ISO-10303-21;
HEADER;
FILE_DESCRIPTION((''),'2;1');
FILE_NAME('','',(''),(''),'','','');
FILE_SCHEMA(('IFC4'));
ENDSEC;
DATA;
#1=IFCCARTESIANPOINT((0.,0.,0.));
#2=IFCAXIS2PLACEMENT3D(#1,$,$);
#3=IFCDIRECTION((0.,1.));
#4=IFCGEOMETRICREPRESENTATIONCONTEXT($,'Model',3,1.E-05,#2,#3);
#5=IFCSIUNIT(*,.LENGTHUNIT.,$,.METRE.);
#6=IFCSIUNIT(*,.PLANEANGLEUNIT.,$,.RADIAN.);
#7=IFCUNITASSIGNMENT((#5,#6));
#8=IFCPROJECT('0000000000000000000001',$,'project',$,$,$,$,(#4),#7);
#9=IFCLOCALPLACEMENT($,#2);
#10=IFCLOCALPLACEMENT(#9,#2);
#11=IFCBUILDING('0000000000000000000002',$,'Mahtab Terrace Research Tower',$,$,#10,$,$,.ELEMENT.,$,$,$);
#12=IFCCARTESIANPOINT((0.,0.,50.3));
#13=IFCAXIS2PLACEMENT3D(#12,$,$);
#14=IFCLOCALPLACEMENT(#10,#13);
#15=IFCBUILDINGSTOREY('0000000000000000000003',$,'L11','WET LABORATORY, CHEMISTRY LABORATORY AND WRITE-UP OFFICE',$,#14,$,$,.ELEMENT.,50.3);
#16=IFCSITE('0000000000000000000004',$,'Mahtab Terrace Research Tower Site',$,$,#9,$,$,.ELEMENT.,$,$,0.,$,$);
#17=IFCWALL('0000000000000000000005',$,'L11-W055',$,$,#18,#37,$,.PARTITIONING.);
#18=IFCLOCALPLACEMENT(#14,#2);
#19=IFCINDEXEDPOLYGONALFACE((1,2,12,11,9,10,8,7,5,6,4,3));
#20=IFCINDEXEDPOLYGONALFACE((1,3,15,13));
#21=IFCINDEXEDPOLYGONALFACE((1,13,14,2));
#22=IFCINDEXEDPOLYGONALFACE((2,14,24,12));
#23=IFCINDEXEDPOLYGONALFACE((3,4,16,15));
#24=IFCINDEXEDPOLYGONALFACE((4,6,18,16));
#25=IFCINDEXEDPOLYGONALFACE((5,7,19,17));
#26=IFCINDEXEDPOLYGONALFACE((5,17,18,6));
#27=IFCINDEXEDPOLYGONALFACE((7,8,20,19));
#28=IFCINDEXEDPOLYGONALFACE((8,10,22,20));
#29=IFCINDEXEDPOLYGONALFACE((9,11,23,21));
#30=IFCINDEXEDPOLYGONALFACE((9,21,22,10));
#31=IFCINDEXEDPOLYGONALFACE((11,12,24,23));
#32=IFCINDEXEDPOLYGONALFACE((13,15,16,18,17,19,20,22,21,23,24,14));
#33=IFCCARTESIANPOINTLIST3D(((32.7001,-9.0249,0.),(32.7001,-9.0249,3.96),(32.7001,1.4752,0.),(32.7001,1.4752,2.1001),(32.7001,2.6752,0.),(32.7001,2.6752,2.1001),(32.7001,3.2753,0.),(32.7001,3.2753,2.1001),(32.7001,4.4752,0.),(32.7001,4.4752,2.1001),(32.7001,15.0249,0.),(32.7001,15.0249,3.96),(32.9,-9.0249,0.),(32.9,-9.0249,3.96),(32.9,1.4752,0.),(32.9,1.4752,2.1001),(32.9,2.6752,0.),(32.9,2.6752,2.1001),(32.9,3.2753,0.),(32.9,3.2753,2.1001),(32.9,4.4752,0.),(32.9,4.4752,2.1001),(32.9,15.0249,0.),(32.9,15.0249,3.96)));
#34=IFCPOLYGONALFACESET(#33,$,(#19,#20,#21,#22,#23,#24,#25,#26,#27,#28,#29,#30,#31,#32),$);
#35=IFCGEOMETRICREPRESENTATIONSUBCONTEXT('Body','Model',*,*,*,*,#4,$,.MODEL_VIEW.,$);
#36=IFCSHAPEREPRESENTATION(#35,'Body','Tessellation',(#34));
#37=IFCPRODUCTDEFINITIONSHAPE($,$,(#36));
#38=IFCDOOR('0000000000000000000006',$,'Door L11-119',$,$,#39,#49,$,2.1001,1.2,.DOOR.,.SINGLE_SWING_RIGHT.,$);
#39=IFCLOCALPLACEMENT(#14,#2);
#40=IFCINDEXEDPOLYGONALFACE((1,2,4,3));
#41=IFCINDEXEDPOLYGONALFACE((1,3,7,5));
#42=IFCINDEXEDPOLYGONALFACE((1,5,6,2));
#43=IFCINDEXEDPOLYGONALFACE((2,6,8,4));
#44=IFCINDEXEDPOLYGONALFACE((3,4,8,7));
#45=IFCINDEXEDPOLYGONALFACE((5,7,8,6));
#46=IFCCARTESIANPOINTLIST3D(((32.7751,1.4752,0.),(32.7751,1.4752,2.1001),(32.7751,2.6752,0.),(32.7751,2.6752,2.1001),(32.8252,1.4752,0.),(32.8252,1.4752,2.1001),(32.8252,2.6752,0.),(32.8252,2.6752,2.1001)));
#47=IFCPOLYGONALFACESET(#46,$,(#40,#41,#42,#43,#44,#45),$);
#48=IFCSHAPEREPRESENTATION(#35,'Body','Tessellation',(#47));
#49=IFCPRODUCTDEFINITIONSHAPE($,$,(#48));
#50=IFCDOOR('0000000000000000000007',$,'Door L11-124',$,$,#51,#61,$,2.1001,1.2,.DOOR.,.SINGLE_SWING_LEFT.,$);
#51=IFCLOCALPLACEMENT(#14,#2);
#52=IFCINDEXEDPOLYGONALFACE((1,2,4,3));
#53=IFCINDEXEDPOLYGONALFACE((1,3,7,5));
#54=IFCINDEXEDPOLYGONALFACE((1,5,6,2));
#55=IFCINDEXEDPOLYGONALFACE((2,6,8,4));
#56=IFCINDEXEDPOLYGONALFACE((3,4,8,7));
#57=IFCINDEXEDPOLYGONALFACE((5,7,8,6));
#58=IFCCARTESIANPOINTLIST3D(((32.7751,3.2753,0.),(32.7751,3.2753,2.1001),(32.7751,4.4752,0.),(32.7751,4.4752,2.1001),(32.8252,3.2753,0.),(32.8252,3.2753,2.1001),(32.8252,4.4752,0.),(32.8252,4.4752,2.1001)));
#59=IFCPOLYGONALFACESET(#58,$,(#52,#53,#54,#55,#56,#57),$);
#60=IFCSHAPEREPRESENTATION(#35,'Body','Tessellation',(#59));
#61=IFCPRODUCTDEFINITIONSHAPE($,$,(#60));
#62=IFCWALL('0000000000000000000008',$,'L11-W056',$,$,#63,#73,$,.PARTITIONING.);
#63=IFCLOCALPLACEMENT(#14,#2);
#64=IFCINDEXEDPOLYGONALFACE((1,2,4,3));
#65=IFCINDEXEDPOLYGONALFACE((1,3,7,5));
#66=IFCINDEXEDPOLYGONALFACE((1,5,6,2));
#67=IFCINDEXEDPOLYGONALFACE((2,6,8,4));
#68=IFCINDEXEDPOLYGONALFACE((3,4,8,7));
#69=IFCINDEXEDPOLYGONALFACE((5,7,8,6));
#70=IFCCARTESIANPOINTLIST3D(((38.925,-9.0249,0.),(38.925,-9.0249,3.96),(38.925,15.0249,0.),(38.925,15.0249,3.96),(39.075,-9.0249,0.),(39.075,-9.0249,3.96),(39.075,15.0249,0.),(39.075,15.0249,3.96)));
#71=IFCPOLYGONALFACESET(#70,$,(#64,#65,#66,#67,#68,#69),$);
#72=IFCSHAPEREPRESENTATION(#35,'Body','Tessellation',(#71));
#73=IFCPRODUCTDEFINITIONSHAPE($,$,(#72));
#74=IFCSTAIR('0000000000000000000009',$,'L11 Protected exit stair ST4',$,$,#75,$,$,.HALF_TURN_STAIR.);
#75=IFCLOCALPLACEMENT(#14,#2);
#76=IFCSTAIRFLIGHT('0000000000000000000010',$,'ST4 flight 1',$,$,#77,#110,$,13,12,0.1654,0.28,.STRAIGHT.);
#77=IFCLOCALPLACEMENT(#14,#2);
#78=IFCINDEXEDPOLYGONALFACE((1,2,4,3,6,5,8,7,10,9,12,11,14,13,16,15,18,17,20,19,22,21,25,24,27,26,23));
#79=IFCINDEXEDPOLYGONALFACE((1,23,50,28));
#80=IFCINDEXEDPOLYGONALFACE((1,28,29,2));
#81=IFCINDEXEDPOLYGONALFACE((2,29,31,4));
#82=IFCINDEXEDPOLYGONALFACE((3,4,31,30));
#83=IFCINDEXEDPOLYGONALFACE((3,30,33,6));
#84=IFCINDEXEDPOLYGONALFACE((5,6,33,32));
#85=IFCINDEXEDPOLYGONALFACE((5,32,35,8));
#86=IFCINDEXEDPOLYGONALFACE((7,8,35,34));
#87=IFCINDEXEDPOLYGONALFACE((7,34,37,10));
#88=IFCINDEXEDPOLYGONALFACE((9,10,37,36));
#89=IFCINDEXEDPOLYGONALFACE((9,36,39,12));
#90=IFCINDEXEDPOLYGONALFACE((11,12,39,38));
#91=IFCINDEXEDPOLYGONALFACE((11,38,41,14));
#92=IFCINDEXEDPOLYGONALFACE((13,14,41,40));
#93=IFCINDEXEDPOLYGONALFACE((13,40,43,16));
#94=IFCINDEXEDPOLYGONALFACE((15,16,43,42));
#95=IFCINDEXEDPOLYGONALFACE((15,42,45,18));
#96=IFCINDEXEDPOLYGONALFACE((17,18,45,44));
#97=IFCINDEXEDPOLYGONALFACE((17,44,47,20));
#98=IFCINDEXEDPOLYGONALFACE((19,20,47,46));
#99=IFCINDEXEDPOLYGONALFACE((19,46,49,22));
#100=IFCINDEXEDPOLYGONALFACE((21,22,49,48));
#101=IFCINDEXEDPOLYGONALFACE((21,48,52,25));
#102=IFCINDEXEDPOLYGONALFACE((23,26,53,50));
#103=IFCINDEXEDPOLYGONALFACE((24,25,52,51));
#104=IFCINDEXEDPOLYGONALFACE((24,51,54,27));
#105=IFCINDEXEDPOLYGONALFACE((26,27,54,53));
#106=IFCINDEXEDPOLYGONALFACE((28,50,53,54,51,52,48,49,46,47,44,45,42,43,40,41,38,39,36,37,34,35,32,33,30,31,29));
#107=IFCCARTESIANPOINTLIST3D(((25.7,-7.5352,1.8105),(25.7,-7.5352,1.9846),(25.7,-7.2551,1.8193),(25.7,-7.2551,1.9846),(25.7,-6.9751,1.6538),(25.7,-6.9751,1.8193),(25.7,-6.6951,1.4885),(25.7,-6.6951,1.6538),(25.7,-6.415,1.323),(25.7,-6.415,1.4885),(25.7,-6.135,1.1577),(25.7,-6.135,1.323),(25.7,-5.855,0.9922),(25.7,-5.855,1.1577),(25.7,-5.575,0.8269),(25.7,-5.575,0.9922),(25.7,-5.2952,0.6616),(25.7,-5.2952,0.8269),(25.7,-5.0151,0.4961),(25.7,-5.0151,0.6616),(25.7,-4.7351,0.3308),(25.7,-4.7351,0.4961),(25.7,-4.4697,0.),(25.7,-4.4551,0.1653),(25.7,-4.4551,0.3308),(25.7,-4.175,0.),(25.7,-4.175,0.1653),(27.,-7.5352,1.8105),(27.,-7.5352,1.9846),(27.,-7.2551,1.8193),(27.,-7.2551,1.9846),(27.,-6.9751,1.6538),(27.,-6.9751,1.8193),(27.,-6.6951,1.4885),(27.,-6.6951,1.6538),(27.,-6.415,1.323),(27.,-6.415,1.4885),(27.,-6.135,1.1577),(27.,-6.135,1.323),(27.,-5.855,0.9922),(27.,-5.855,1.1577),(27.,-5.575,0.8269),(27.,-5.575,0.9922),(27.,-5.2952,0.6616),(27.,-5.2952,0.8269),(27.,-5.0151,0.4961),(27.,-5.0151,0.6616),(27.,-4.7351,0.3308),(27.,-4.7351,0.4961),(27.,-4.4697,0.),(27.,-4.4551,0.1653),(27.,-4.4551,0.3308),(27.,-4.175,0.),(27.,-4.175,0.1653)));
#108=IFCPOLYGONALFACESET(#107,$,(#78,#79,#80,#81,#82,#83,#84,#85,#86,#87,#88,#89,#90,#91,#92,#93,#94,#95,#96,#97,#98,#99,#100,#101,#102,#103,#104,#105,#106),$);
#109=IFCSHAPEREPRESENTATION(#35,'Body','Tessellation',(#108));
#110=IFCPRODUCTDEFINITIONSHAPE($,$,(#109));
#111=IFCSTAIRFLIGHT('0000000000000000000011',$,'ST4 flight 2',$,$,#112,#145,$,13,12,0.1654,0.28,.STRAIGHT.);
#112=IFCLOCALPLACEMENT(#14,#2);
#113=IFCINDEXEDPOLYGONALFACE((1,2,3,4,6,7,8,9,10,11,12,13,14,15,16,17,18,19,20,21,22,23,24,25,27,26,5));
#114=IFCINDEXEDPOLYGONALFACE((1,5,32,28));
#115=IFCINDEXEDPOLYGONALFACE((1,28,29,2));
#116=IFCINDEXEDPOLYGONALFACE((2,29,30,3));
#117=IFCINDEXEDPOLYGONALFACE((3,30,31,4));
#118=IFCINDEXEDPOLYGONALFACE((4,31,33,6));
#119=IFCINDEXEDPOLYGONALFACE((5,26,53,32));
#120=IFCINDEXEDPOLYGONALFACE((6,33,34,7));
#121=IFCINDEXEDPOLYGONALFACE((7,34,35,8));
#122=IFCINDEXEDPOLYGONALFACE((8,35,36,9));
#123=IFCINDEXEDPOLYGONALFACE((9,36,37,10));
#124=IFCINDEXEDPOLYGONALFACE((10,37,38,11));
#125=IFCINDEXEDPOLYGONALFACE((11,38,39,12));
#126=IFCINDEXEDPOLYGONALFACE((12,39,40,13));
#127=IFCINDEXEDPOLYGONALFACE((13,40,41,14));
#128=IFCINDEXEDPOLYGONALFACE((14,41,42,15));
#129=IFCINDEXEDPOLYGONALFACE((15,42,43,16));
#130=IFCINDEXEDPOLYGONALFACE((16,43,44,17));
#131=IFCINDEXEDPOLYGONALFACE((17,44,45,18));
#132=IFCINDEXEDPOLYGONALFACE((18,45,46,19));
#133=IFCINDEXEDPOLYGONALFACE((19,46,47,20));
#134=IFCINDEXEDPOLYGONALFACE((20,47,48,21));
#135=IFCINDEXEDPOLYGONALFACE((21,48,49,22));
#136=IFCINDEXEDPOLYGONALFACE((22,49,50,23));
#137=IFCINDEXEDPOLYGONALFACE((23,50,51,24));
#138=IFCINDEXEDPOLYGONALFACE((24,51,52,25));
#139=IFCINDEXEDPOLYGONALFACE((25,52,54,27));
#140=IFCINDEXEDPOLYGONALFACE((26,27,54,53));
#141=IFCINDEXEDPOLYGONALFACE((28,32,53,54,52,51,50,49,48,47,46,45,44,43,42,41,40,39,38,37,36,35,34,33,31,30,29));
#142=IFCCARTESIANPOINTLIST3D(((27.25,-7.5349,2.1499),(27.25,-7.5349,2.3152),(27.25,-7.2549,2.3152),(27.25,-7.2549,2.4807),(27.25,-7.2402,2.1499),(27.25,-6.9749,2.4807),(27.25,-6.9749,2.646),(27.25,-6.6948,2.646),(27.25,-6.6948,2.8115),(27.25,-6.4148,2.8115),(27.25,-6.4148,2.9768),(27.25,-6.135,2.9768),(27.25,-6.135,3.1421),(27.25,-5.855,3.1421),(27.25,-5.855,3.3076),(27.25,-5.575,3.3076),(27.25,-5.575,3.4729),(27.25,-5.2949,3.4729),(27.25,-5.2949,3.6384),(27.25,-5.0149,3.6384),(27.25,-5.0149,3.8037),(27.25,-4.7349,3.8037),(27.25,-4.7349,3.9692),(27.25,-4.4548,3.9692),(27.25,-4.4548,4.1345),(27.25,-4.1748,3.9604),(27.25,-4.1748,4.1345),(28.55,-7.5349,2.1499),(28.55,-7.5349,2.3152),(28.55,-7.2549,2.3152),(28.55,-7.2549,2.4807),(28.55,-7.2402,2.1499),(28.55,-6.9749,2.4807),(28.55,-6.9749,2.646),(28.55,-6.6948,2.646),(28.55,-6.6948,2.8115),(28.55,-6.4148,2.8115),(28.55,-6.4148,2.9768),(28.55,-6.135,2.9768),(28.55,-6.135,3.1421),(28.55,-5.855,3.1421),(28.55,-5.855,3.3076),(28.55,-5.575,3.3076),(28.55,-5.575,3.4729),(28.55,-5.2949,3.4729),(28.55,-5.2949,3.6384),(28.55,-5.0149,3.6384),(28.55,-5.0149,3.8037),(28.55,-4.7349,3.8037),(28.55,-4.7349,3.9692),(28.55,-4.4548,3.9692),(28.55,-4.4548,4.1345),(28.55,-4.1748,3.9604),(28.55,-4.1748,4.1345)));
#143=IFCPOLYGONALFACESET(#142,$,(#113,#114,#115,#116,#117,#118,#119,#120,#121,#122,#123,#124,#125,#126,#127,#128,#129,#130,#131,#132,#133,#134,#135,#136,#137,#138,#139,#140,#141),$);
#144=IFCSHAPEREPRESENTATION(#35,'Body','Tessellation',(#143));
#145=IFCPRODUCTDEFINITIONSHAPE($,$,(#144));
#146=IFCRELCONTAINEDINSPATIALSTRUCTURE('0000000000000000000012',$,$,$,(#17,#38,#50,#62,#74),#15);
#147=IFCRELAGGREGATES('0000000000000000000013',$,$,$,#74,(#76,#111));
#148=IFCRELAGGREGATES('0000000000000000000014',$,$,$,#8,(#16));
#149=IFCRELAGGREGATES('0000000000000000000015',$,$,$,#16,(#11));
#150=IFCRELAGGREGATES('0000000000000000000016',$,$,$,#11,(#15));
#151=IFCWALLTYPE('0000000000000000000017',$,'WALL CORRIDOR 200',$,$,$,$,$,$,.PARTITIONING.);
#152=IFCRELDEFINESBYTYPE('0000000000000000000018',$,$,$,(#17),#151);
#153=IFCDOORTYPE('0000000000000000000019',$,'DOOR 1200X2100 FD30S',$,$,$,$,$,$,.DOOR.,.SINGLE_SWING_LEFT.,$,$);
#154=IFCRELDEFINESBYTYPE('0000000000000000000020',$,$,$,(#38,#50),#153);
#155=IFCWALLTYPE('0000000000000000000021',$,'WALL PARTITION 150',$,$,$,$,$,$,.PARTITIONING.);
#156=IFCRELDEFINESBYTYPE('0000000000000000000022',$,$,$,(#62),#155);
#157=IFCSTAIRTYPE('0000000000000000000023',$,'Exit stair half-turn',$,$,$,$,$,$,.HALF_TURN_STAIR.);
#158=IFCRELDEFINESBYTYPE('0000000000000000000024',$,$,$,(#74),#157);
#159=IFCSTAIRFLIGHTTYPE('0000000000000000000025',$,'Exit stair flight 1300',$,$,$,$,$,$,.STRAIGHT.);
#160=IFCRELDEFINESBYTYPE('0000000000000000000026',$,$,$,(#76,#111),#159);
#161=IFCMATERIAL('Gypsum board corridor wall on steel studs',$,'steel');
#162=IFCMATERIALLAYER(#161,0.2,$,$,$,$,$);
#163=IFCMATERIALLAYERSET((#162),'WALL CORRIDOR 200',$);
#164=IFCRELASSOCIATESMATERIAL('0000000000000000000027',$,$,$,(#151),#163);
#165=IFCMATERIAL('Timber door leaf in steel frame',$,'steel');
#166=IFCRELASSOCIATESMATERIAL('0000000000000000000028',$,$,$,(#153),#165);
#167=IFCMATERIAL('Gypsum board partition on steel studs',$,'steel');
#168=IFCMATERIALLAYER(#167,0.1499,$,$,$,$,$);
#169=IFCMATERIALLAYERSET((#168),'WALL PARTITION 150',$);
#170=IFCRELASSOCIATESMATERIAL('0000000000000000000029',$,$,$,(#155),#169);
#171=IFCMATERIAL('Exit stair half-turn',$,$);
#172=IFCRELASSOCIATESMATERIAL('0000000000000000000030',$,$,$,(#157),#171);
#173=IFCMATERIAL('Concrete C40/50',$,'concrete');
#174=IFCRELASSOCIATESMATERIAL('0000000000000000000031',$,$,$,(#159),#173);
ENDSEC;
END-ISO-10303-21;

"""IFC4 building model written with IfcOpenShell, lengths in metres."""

from ifc_helpers import new_model, si_unit, direction, frame, frame_2d, origin, place, context, subcontext, project, spatial, polyline, rectangle, outline, extrude, material, layer, layer_set, type_object, element, fill, aggregate, save


model = new_model("IFC4")

# Units and contexts
model_context = context("Model", 3, precision=1e-05, world=origin(), true_north=direction((0.0, 1.0)))
body_context = subcontext(model_context, "Body", "Model", "MODEL_VIEW")
ifc_project = project(units=[si_unit("LENGTHUNIT", "METRE"), si_unit("PLANEANGLEUNIT", "RADIAN")], contexts=[model_context])

# Site, building, storey
site_placement = place(None, origin())
site = spatial("IfcSite", under=ifc_project, at=site_placement, Name="Mahtab Terrace Research Tower Site", CompositionType="ELEMENT", RefElevation=0.0)
building_placement = place(site_placement, origin())
building = spatial("IfcBuilding", under=site, at=building_placement, Name="Mahtab Terrace Research Tower", CompositionType="ELEMENT")
storey_placement = place(building_placement, frame((0.0, 0.0, 50.3)))
storey = spatial("IfcBuildingStorey", under=building, at=storey_placement, Name="L11", Description="WET LABORATORY, CHEMISTRY LABORATORY AND WRITE-UP OFFICE", CompositionType="ELEMENT", Elevation=50.3)

# Shared definitions
ifc_material_1 = material(Name="Gypsum board corridor wall on steel studs", Category="steel")
ifc_layer_1 = layer(ifc_material_1, 0.2)
ifc_layer_set_1 = layer_set([ifc_layer_1], Name="WALL CORRIDOR 200")
wall_type_1 = type_object("IfcWallType", Name="WALL CORRIDOR 200", PredefinedType="PARTITIONING", material=ifc_layer_set_1)
ifc_material_2 = material(Name="Timber door leaf in steel frame", Category="steel")
door_type_1 = type_object("IfcDoorType", Name="DOOR 1200X2100 FD30S", OperationType="SINGLE_SWING_LEFT", PredefinedType="DOOR", material=ifc_material_2)

# Wall, openings, doors
wall_1_placement = place(storey_placement, frame((32.8, -9.0249, 0.0), z_axis=(0.0, 0.0, 1.0), x_axis=(0.0, 1.0, 0.0)))
wall_1 = element("IfcWall", 1, at=wall_1_placement, inside=storey, type_object=wall_type_1, Name="L11-W055", PredefinedType="PARTITIONING", context=body_context, shape_type="SweptSolid", body=[
    extrude(rectangle(XDim=24.0498, YDim=0.2, at=frame_2d((12.0249, 0.0))), origin(), (0.0, 0.0, 1.0), 3.96),
])
opening_1_placement = place(wall_1_placement, frame((10.5, 0.0, 0.0)))
opening_1 = element("IfcOpeningElement", 2, at=opening_1_placement, cuts=wall_1, PredefinedType="OPENING", context=body_context, shape_type="SweptSolid", body=[
    extrude(rectangle(XDim=1.2, YDim=2.1001, at=frame_2d((0.6001, 1.05))), frame((0.0, 0.1099, 0.0), z_axis=(0.0, -1.0, 0.0), x_axis=(1.0, 0.0, 0.0)), (0.0, 0.0, 1.0), 0.22),
])
opening_2_placement = place(wall_1_placement, frame((12.3, 0.0, 0.0)))
opening_2 = element("IfcOpeningElement", 3, at=opening_2_placement, cuts=wall_1, PredefinedType="OPENING", context=body_context, shape_type="SweptSolid", body=[
    extrude(rectangle(XDim=1.2, YDim=2.1001, at=frame_2d((0.6001, 1.05))), frame((0.0, 0.1099, 0.0), z_axis=(0.0, -1.0, 0.0), x_axis=(1.0, 0.0, 0.0)), (0.0, 0.0, 1.0), 0.22),
])
door_1_placement = place(opening_1_placement, origin())
door_1 = element("IfcDoor", 4, at=door_1_placement, inside=storey, type_object=door_type_1, Name="Door L11-119", OperationType="SINGLE_SWING_RIGHT", OverallHeight=2.1001, OverallWidth=1.2, PredefinedType="DOOR", context=body_context, shape_type="SweptSolid", body=[
    extrude(rectangle(XDim=1.2, YDim=2.1001, at=frame_2d((0.6001, 1.05))), frame((0.0, 0.0249, 0.0), z_axis=(0.0, -1.0, 0.0), x_axis=(1.0, 0.0, 0.0)), (0.0, 0.0, 1.0), 0.05),
])
fill(opening_1, door_1)
door_2_placement = place(opening_2_placement, origin())
door_2 = element("IfcDoor", 5, at=door_2_placement, inside=storey, type_object=door_type_1, Name="Door L11-124", OperationType="SINGLE_SWING_LEFT", OverallHeight=2.1001, OverallWidth=1.2, PredefinedType="DOOR", context=body_context, shape_type="SweptSolid", body=[
    extrude(rectangle(XDim=1.2, YDim=2.1001, at=frame_2d((0.6001, 1.05))), frame((0.0, 0.0249, 0.0), z_axis=(0.0, -1.0, 0.0), x_axis=(1.0, 0.0, 0.0)), (0.0, 0.0, 1.0), 0.05),
])
fill(opening_2, door_2)

# Wall
ifc_material_3 = material(Name="Gypsum board partition on steel studs", Category="steel")
ifc_layer_2 = layer(ifc_material_3, 0.1499)
ifc_layer_set_2 = layer_set([ifc_layer_2], Name="WALL PARTITION 150")
wall_type_2 = type_object("IfcWallType", Name="WALL PARTITION 150", PredefinedType="PARTITIONING", material=ifc_layer_set_2)
wall_2_placement = place(storey_placement, frame((39.0, -9.0249, 0.0), z_axis=(0.0, 0.0, 1.0), x_axis=(0.0, 1.0, 0.0)))
element("IfcWall", 6, at=wall_2_placement, inside=storey, type_object=wall_type_2, Name="L11-W056", PredefinedType="PARTITIONING", context=body_context, shape_type="SweptSolid", body=[
    extrude(rectangle(XDim=24.0498, YDim=0.1499, at=frame_2d((12.0249, 0.0))), origin(), (0.0, 0.0, 1.0), 3.96),
])

# Stair, stair flights
ifc_material_4 = material(Name="Exit stair half-turn")
stair_type = type_object("IfcStairType", Name="Exit stair half-turn", PredefinedType="HALF_TURN_STAIR", material=ifc_material_4)
stair_placement = place(storey_placement, origin())
stair = element("IfcStair", 7, at=stair_placement, inside=storey, type_object=stair_type, Name="L11 Protected exit stair ST4", PredefinedType="HALF_TURN_STAIR")
ifc_material_5 = material(Name="Concrete C40/50", Category="concrete")
stair_flight_type = type_object("IfcStairFlightType", Name="Exit stair flight 1300", PredefinedType="STRAIGHT", material=ifc_material_5)
stair_flight_1_placement = place(storey_placement, frame((26.3501, -4.175, 0.0), z_axis=(0.0, 0.0, 1.0), x_axis=(0.0, -1.0, 0.0)))
stair_flight_1 = element("IfcStairFlight", 8, at=stair_flight_1_placement, type_object=stair_flight_type, Name="ST4 flight 1", NumberOfRisers=13, NumberOfTreads=12, PredefinedType="STRAIGHT", RiserHeight=0.1654, TreadLength=0.28, context=body_context, shape_type="SweptSolid", body=[
    extrude(outline(polyline([(0.0, 0.0), (0.0, 0.1653), (0.28, 0.1653), (0.28, 0.3308), (0.5601, 0.3308), (0.5601, 0.4961), (0.8401, 0.4961), (0.8401, 0.6616), (1.1201, 0.6616), (1.1201, 0.8269), (1.3999, 0.8269), (1.3999, 0.9922), (1.6799, 0.9922), (1.6799, 1.1577), (1.96, 1.1577), (1.96, 1.323), (2.24, 1.323), (2.24, 1.4885), (2.52, 1.4885), (2.52, 1.6538), (2.8, 1.6538), (2.8, 1.8193), (3.0801, 1.8193), (3.0801, 1.9846), (3.3601, 1.9846), (3.3601, 2.1499), (3.3601, 1.8105), (0.2947, 0.0), (0.0, 0.0)])), frame((0.0, 0.6499, 0.0), z_axis=(0.0, -1.0, 0.0), x_axis=(1.0, 0.0, 0.0)), (0.0, 0.0, 1.0), 1.3),
])
stair_flight_2_placement = place(storey_placement, frame((27.8999, -7.5349, 2.1499), z_axis=(0.0, 0.0, 1.0), x_axis=(0.0, 1.0, 0.0)))
stair_flight_2 = element("IfcStairFlight", 9, at=stair_flight_2_placement, type_object=stair_flight_type, Name="ST4 flight 2", NumberOfRisers=13, NumberOfTreads=12, PredefinedType="STRAIGHT", RiserHeight=0.1654, TreadLength=0.28, context=body_context, shape_type="SweptSolid", body=[
    extrude(outline(polyline([(0.0, 0.0), (0.0, 0.1653), (0.28, 0.1653), (0.28, 0.3308), (0.5601, 0.3308), (0.5601, 0.4961), (0.8401, 0.4961), (0.8401, 0.6616), (1.1201, 0.6616), (1.1201, 0.8269), (1.3999, 0.8269), (1.3999, 0.9922), (1.6799, 0.9922), (1.6799, 1.1577), (1.96, 1.1577), (1.96, 1.323), (2.24, 1.323), (2.24, 1.4885), (2.52, 1.4885), (2.52, 1.6538), (2.8, 1.6538), (2.8, 1.8193), (3.0801, 1.8193), (3.0801, 1.9846), (3.3601, 1.9846), (3.3601, 2.1499), (3.3601, 1.8105), (0.2947, 0.0), (0.0, 0.0)])), frame((0.0, 0.6499, 0.0), z_axis=(0.0, -1.0, 0.0), x_axis=(1.0, 0.0, 0.0)), (0.0, 0.0, 1.0), 1.3),
])
aggregate(stair, [stair_flight_1, stair_flight_2])

save(model, "model.ifc")
